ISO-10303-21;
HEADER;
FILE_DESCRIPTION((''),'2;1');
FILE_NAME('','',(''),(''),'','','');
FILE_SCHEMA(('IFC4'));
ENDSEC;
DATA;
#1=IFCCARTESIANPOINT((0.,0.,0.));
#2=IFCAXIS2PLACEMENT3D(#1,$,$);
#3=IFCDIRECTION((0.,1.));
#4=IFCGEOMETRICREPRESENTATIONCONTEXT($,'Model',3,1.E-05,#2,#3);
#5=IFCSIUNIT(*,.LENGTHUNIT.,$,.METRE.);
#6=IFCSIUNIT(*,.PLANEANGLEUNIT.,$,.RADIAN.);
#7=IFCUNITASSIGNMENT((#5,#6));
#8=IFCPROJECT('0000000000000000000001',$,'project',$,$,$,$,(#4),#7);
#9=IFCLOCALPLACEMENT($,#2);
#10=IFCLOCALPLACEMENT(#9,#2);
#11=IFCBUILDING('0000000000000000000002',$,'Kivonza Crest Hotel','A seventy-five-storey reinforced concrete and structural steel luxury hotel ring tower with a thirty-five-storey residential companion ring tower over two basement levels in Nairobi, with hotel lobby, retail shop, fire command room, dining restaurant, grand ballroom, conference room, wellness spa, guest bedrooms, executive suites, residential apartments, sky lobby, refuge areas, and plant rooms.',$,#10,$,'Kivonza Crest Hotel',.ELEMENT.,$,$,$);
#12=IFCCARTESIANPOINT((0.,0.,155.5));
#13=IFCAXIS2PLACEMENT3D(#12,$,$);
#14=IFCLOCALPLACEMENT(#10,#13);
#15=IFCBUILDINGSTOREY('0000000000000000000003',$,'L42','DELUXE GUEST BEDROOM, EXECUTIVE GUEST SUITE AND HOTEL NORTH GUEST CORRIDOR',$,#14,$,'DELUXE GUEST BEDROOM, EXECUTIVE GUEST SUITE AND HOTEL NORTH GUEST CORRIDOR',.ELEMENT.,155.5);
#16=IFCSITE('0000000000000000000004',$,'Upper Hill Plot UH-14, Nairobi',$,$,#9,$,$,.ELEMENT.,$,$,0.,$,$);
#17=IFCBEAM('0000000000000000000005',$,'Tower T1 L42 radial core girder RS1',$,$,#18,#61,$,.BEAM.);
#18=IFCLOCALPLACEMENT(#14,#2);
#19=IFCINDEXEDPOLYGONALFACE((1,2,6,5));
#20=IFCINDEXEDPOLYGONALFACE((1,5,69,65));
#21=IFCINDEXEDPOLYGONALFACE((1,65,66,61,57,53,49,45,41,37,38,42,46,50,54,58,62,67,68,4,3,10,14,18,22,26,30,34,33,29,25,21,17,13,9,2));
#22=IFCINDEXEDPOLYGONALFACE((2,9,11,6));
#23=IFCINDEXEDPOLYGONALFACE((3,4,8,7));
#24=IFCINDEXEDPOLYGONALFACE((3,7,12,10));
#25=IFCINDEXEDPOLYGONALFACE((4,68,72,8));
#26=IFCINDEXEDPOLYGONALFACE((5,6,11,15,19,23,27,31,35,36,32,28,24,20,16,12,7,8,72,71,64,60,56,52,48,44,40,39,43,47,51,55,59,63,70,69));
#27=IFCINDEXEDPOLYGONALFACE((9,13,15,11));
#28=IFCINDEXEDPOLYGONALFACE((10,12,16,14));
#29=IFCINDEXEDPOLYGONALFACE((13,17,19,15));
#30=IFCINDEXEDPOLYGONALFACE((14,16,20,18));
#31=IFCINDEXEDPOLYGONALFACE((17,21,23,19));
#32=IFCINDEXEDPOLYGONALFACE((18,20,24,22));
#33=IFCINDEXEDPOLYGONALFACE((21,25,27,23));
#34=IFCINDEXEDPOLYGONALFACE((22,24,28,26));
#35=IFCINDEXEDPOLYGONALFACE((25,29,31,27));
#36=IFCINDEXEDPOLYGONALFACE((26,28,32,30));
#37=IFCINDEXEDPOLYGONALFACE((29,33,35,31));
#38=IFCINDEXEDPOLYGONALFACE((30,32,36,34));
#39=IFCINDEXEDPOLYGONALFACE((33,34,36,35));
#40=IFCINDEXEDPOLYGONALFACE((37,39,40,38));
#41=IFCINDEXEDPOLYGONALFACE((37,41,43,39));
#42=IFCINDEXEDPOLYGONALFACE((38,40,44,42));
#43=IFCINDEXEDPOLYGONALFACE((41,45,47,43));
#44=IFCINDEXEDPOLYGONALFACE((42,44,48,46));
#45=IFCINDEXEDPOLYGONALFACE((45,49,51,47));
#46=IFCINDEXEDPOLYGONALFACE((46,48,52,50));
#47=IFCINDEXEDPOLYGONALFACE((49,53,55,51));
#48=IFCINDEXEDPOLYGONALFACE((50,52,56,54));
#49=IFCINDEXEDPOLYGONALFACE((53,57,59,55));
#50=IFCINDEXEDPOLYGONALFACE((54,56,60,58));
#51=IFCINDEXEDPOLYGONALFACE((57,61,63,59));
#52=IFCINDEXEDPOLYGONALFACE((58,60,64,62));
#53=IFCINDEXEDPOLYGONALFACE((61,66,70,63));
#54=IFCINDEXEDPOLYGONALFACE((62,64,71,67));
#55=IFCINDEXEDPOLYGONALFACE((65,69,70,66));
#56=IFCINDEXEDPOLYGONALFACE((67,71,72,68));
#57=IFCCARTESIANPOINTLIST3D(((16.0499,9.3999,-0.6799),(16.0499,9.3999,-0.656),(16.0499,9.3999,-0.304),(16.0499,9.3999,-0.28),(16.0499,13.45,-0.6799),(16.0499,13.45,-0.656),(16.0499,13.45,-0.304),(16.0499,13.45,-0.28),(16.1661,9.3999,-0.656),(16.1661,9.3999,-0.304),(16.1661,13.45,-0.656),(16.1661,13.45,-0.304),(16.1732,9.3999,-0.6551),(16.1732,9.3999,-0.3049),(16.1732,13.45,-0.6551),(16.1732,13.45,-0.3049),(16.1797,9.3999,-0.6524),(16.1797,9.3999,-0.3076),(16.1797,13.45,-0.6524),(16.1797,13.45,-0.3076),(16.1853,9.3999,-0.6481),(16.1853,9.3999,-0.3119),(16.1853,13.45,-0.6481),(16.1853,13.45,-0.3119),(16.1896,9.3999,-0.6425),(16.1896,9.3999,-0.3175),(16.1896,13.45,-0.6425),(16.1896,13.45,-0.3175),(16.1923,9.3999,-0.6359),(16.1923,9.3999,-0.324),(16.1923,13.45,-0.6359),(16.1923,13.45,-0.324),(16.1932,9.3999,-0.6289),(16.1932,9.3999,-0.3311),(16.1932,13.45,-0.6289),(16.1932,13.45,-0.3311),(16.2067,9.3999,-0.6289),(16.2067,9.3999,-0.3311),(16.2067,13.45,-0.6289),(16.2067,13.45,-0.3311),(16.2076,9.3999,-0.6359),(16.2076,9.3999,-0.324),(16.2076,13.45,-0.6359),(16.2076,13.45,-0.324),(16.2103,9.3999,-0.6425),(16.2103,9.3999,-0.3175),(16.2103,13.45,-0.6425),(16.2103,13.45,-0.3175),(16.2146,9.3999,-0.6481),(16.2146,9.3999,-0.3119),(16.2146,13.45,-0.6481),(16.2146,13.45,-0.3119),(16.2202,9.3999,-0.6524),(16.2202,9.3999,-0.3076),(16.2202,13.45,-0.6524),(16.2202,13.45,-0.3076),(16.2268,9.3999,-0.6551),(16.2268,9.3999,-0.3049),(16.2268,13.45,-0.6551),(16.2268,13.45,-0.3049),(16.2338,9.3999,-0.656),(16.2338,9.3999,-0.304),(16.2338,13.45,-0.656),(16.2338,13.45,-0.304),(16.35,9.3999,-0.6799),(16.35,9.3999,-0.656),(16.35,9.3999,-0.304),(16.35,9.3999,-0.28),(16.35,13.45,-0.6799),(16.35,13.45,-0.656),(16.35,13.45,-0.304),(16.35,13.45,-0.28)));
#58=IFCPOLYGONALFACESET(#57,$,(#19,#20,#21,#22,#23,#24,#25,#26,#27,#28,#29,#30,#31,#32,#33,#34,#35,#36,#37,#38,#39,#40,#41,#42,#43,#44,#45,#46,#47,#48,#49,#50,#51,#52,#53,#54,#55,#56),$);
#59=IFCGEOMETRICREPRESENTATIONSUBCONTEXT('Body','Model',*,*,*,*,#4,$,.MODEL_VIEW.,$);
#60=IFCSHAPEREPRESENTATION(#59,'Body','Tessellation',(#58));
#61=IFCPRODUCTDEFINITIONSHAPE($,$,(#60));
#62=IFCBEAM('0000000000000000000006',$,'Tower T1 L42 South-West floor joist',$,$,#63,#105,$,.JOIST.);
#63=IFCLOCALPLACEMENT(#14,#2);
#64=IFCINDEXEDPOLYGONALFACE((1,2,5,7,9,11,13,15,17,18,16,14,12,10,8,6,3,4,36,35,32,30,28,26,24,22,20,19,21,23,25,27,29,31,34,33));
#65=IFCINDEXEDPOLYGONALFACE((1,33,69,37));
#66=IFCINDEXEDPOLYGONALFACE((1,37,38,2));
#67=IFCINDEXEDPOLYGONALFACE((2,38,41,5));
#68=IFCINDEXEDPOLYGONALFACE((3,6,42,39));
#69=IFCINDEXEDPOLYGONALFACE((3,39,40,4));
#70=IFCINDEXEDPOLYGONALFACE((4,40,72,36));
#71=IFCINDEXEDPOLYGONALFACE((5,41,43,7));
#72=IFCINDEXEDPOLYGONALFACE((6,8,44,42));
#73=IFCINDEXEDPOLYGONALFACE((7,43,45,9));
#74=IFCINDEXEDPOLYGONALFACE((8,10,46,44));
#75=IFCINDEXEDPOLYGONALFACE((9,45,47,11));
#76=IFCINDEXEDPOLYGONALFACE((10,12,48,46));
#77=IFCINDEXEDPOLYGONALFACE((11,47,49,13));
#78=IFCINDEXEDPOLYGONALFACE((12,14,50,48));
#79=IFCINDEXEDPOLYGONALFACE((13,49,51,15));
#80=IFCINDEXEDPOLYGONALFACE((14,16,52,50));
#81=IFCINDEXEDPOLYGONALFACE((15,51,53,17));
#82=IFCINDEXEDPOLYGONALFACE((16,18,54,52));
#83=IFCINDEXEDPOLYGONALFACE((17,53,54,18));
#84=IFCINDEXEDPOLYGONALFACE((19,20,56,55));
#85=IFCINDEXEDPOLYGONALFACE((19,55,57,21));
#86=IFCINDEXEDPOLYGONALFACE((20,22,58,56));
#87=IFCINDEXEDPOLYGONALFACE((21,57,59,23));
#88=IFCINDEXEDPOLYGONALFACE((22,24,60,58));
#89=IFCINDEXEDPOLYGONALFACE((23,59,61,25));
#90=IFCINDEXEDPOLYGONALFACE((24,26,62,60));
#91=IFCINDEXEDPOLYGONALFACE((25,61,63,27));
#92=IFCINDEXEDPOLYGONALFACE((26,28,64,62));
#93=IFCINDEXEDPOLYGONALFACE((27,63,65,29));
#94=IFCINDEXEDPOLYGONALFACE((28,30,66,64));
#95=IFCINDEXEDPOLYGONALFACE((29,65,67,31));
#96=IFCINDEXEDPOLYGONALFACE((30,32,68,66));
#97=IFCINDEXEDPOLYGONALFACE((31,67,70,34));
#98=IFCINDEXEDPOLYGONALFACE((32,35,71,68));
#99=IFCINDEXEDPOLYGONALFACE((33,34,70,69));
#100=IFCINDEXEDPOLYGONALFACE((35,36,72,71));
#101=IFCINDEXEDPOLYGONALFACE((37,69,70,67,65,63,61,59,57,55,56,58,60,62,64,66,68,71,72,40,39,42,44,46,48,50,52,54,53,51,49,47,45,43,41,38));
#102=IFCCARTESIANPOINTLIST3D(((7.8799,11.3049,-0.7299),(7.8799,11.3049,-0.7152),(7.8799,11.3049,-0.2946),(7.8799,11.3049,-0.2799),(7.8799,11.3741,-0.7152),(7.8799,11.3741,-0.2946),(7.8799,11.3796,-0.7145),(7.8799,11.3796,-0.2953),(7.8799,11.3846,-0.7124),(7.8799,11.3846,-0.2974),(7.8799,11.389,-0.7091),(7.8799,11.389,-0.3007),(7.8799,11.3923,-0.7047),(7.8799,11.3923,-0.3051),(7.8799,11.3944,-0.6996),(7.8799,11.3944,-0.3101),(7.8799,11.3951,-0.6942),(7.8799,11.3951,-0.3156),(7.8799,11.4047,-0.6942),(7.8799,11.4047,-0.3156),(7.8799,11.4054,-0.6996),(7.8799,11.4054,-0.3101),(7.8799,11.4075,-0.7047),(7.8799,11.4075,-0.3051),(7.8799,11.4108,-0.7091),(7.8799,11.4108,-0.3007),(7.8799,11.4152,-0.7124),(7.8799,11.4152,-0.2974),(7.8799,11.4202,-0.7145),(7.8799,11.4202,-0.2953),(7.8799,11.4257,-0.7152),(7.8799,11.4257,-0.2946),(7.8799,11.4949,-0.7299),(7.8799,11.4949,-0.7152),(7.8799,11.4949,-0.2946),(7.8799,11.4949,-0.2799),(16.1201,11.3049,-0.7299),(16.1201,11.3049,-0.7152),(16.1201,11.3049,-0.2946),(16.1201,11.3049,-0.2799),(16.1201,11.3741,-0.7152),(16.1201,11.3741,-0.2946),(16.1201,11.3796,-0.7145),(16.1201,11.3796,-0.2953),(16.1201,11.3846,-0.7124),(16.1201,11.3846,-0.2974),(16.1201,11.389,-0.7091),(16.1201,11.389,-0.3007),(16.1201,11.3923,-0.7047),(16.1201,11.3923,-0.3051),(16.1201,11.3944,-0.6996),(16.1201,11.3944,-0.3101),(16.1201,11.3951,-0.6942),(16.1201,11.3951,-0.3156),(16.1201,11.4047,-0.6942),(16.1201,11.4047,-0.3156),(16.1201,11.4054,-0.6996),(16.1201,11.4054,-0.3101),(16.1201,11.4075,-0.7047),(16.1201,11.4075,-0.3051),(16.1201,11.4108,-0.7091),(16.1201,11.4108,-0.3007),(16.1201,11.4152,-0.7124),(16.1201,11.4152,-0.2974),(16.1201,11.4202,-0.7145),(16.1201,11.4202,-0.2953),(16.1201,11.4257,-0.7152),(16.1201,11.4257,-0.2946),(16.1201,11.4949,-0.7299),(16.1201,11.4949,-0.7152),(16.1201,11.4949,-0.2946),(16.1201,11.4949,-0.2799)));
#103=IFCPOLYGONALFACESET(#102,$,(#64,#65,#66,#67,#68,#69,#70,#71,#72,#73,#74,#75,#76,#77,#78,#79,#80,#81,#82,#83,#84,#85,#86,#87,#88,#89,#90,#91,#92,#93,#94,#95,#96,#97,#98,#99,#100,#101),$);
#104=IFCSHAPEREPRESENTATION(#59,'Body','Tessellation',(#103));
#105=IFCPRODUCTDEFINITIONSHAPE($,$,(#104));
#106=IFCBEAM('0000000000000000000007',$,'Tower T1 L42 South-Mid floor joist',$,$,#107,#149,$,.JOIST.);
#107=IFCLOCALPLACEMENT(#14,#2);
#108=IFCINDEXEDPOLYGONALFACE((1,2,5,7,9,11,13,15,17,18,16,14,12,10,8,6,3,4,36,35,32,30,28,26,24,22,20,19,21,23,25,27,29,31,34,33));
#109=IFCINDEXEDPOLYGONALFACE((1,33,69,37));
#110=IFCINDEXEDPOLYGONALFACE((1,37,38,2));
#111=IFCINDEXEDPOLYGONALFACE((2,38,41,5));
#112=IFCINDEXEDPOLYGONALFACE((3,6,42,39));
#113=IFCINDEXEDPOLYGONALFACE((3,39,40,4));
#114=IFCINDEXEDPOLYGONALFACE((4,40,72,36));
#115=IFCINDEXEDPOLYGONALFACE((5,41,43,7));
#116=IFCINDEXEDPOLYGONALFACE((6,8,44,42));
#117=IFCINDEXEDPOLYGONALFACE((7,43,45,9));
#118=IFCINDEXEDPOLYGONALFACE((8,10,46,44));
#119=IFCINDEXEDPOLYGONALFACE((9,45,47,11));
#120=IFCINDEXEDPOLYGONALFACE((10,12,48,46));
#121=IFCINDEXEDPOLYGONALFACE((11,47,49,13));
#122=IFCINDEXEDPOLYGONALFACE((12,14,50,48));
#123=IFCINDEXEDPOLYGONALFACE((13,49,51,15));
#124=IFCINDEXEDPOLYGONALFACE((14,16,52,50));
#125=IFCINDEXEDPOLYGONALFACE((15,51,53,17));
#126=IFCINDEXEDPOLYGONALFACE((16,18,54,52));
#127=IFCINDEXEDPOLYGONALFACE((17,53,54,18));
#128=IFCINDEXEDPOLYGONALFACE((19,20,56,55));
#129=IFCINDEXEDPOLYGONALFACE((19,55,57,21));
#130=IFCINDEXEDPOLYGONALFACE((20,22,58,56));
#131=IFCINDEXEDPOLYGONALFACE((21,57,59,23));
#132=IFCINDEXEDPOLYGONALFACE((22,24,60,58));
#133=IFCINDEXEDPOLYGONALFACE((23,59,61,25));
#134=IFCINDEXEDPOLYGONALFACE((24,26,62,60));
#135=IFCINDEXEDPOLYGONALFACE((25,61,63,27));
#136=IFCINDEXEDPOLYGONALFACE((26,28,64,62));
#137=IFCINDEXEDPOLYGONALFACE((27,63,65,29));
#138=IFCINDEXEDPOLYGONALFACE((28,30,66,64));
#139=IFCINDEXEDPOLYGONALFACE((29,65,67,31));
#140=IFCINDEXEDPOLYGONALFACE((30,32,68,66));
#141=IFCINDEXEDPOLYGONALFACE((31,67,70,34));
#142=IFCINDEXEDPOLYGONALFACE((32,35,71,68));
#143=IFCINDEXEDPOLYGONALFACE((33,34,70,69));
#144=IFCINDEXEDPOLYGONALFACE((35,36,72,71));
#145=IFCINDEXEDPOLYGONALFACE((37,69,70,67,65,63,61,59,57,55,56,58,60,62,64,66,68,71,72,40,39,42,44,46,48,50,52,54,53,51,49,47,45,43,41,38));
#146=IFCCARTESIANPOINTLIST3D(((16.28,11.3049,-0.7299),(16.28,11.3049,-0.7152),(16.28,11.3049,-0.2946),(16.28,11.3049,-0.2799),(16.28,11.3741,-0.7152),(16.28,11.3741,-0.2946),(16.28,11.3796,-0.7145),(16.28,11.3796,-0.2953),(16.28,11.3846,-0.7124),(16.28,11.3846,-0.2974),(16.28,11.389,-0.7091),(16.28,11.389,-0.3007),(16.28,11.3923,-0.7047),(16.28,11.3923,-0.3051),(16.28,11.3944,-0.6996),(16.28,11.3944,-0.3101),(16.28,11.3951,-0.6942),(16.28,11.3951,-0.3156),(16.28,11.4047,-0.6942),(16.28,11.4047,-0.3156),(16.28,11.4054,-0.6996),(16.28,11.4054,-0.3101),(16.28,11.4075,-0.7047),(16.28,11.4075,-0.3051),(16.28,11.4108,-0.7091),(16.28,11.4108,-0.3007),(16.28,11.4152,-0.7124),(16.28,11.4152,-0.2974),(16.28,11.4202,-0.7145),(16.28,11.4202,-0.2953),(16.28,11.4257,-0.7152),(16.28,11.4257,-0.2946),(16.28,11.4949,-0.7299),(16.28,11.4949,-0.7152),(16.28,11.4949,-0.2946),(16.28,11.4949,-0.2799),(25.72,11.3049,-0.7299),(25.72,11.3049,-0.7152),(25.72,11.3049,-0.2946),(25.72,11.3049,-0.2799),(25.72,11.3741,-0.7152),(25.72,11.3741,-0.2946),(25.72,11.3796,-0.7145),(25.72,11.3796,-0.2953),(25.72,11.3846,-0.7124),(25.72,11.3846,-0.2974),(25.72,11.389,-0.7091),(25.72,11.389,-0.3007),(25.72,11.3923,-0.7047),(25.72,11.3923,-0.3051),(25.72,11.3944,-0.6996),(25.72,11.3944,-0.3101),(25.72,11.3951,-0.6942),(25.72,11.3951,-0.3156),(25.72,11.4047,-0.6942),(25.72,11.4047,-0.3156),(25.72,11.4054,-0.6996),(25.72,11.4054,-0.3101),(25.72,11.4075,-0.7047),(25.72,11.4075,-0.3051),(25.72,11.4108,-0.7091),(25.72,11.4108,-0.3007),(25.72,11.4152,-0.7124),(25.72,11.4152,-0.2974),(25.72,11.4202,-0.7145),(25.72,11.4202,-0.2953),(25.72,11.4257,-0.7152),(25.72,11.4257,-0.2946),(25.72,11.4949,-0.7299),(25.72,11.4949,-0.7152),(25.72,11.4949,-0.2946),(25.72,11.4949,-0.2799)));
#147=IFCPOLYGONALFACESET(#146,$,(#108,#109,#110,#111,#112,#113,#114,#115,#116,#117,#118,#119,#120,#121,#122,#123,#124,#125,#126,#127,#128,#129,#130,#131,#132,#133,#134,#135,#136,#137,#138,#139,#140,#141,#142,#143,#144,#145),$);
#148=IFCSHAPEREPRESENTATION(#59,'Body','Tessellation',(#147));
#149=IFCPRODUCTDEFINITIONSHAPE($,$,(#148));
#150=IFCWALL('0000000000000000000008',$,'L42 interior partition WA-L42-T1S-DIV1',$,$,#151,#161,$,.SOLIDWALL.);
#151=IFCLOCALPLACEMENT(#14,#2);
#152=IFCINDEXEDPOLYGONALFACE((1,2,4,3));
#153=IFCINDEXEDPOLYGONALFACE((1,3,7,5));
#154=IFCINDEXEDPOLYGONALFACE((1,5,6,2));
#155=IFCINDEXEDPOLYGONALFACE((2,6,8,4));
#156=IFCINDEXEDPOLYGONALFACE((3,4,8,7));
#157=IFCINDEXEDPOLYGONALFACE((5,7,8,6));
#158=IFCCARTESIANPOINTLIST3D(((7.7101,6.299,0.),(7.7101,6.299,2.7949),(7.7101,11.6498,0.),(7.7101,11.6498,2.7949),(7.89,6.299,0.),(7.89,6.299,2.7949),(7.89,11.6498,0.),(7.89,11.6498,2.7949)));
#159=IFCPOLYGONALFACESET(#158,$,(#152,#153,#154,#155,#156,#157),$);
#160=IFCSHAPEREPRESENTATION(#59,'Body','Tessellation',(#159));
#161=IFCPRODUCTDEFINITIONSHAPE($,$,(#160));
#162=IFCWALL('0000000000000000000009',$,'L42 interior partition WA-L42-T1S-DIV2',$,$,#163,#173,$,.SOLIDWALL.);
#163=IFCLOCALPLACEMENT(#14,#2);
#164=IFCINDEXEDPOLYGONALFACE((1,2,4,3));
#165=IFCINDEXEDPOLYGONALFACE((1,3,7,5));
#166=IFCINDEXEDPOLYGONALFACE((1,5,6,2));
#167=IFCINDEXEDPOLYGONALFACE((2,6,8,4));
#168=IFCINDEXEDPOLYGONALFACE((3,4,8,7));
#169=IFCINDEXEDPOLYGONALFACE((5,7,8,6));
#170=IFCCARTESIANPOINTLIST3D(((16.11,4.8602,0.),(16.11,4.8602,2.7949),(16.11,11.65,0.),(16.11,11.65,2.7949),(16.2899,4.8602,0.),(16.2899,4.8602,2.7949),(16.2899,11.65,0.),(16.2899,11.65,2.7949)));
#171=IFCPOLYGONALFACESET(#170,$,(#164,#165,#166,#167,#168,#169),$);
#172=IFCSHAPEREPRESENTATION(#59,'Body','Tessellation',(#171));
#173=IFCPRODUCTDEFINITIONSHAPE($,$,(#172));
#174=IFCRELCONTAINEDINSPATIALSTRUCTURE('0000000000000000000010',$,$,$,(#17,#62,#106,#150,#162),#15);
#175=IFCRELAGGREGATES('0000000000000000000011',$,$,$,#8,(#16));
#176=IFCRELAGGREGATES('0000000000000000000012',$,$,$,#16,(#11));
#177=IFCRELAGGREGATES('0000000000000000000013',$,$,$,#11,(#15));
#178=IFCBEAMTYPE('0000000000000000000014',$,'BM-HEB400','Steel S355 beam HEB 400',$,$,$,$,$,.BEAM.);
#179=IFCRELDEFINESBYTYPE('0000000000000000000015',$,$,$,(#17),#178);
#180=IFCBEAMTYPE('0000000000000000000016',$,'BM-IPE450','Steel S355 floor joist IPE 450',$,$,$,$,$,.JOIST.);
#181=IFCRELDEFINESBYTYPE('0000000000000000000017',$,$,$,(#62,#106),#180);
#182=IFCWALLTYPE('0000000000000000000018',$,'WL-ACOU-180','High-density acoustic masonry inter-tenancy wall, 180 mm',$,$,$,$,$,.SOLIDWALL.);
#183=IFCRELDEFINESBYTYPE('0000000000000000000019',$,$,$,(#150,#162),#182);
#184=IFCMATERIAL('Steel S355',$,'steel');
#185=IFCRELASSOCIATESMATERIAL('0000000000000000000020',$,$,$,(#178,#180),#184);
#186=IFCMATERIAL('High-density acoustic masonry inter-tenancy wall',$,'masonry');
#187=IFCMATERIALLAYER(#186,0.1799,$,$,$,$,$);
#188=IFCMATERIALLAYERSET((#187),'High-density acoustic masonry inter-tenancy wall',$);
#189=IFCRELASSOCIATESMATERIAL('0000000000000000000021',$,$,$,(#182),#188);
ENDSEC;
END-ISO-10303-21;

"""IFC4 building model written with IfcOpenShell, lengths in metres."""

from ifc_helpers import new_model, si_unit, direction, frame, frame_2d, origin, origin_2d, place, context, subcontext, project, spatial, rectangle, i_section, extrude, material, layer, layer_set, material_profile, profile_set, type_object, element, save


model = new_model("IFC4")

# Units and contexts
model_context = context("Model", 3, precision=1e-05, world=origin(), true_north=direction((0.0, 1.0)))
body_context = subcontext(model_context, "Body", "Model", "MODEL_VIEW")
ifc_project = project(units=[si_unit("LENGTHUNIT", "METRE"), si_unit("PLANEANGLEUNIT", "RADIAN")], contexts=[model_context])

# Site, building, storey
site_placement = place(None, origin())
site = spatial("IfcSite", under=ifc_project, at=site_placement, Name="Upper Hill Plot UH-14, Nairobi", CompositionType="ELEMENT", RefElevation=0.0)
building_placement = place(site_placement, origin())
building = spatial("IfcBuilding", under=site, at=building_placement, Name="Kivonza Crest Hotel", Description="A seventy-five-storey reinforced concrete and structural steel luxury hotel ring tower with a thirty-five-storey residential companion ring tower over two basement levels in Nairobi, with hotel lobby, retail shop, fire command room, dining restaurant, grand ballroom, conference room, wellness spa, guest bedrooms, executive suites, residential apartments, sky lobby, refuge areas, and plant rooms.", LongName="Kivonza Crest Hotel", CompositionType="ELEMENT")
storey_placement = place(building_placement, frame((0.0, 0.0, 155.5)))
storey = spatial("IfcBuildingStorey", under=building, at=storey_placement, Name="L42", Description="DELUXE GUEST BEDROOM, EXECUTIVE GUEST SUITE AND HOTEL NORTH GUEST CORRIDOR", LongName="DELUXE GUEST BEDROOM, EXECUTIVE GUEST SUITE AND HOTEL NORTH GUEST CORRIDOR", CompositionType="ELEMENT", Elevation=155.5)

# Beams
ifc_material_1 = material(Name="Steel S355", Category="steel")
ifc_material_profile_1 = material_profile(ifc_material_1, i_section(OverallWidth=0.3, OverallDepth=0.3999, WebThickness=0.0134, FlangeThickness=0.0239, FilletRadius=0.0271, at=origin_2d()), Name="HEB 400")
ifc_profile_set_1 = profile_set([ifc_material_profile_1], Name="Steel S355")
beam_type_1 = type_object("IfcBeamType", Name="BM-HEB400", Description="Steel S355 beam HEB 400", PredefinedType="BEAM", material=ifc_profile_set_1)
beam_1_placement = place(storey_placement, frame((16.2, 9.3999, -0.48), z_axis=(0.0, 1.0, 0.0), x_axis=(-1.0, 0.0, 0.0)))
element("IfcBeam", 1, at=beam_1_placement, inside=storey, type_object=beam_type_1, Name="Tower T1 L42 radial core girder RS1", PredefinedType="BEAM", context=body_context, shape_type="SweptSolid", body=[
    extrude(i_section(OverallWidth=0.3, OverallDepth=0.3999, WebThickness=0.0134, FlangeThickness=0.0239, FilletRadius=0.0271, at=origin_2d()), origin(), (0.0, 0.0, 1.0), 4.05),
])
ifc_material_profile_2 = material_profile(ifc_material_1, i_section(OverallWidth=0.1899, OverallDepth=0.45, WebThickness=0.0095, FlangeThickness=0.0146, FilletRadius=0.021, at=origin_2d()), Name="IPE 450")
ifc_profile_set_2 = profile_set([ifc_material_profile_2], Name="Steel S355")
beam_type_2 = type_object("IfcBeamType", Name="BM-IPE450", Description="Steel S355 floor joist IPE 450", PredefinedType="JOIST", material=ifc_profile_set_2)
beam_2_placement = place(storey_placement, frame((7.8799, 11.3999, -0.5049), z_axis=(1.0, 0.0, 0.0), x_axis=(0.0, 1.0, 0.0)))
element("IfcBeam", 2, at=beam_2_placement, inside=storey, type_object=beam_type_2, Name="Tower T1 L42 South-West floor joist", PredefinedType="JOIST", context=body_context, shape_type="SweptSolid", body=[
    extrude(i_section(OverallWidth=0.1899, OverallDepth=0.45, WebThickness=0.0095, FlangeThickness=0.0146, FilletRadius=0.021, at=origin_2d()), origin(), (0.0, 0.0, 1.0), 8.2402),
])
beam_3_placement = place(storey_placement, frame((16.28, 11.3999, -0.5049), z_axis=(1.0, 0.0, 0.0), x_axis=(0.0, 1.0, 0.0)))
element("IfcBeam", 3, at=beam_3_placement, inside=storey, type_object=beam_type_2, Name="Tower T1 L42 South-Mid floor joist", PredefinedType="JOIST", context=body_context, shape_type="SweptSolid", body=[
    extrude(i_section(OverallWidth=0.1899, OverallDepth=0.45, WebThickness=0.0095, FlangeThickness=0.0146, FilletRadius=0.021, at=origin_2d()), origin(), (0.0, 0.0, 1.0), 9.4399),
])

# Walls
ifc_material_2 = material(Name="High-density acoustic masonry inter-tenancy wall", Category="masonry")
ifc_layer_1 = layer(ifc_material_2, 0.1799)
ifc_layer_set_1 = layer_set([ifc_layer_1], Name="High-density acoustic masonry inter-tenancy wall")
wall_type_1 = type_object("IfcWallType", Name="WL-ACOU-180", Description="High-density acoustic masonry inter-tenancy wall, 180 mm", PredefinedType="SOLIDWALL", material=ifc_layer_set_1)
wall_1_placement = place(storey_placement, frame((7.8, 6.2991, 0.0), z_axis=(0.0, 0.0, 1.0), x_axis=(0.0, 1.0, 0.0)))
element("IfcWall", 4, at=wall_1_placement, inside=storey, type_object=wall_type_1, Name="L42 interior partition WA-L42-T1S-DIV1", PredefinedType="SOLIDWALL", context=body_context, shape_type="SweptSolid", body=[
    extrude(rectangle(XDim=5.3508, YDim=0.1799, at=frame_2d((2.6753, 0.0))), origin(), (0.0, 0.0, 1.0), 2.7949),
])
wall_2_placement = place(storey_placement, frame((16.2, 4.8601, 0.0), z_axis=(0.0, 0.0, 1.0), x_axis=(0.0, 1.0, 0.0)))
element("IfcWall", 5, at=wall_2_placement, inside=storey, type_object=wall_type_1, Name="L42 interior partition WA-L42-T1S-DIV2", PredefinedType="SOLIDWALL", context=body_context, shape_type="SweptSolid", body=[
    extrude(rectangle(XDim=6.7898, YDim=0.1799, at=frame_2d((3.395, 0.0))), origin(), (0.0, 0.0, 1.0), 2.7949),
])

save(model, "model.ifc")
